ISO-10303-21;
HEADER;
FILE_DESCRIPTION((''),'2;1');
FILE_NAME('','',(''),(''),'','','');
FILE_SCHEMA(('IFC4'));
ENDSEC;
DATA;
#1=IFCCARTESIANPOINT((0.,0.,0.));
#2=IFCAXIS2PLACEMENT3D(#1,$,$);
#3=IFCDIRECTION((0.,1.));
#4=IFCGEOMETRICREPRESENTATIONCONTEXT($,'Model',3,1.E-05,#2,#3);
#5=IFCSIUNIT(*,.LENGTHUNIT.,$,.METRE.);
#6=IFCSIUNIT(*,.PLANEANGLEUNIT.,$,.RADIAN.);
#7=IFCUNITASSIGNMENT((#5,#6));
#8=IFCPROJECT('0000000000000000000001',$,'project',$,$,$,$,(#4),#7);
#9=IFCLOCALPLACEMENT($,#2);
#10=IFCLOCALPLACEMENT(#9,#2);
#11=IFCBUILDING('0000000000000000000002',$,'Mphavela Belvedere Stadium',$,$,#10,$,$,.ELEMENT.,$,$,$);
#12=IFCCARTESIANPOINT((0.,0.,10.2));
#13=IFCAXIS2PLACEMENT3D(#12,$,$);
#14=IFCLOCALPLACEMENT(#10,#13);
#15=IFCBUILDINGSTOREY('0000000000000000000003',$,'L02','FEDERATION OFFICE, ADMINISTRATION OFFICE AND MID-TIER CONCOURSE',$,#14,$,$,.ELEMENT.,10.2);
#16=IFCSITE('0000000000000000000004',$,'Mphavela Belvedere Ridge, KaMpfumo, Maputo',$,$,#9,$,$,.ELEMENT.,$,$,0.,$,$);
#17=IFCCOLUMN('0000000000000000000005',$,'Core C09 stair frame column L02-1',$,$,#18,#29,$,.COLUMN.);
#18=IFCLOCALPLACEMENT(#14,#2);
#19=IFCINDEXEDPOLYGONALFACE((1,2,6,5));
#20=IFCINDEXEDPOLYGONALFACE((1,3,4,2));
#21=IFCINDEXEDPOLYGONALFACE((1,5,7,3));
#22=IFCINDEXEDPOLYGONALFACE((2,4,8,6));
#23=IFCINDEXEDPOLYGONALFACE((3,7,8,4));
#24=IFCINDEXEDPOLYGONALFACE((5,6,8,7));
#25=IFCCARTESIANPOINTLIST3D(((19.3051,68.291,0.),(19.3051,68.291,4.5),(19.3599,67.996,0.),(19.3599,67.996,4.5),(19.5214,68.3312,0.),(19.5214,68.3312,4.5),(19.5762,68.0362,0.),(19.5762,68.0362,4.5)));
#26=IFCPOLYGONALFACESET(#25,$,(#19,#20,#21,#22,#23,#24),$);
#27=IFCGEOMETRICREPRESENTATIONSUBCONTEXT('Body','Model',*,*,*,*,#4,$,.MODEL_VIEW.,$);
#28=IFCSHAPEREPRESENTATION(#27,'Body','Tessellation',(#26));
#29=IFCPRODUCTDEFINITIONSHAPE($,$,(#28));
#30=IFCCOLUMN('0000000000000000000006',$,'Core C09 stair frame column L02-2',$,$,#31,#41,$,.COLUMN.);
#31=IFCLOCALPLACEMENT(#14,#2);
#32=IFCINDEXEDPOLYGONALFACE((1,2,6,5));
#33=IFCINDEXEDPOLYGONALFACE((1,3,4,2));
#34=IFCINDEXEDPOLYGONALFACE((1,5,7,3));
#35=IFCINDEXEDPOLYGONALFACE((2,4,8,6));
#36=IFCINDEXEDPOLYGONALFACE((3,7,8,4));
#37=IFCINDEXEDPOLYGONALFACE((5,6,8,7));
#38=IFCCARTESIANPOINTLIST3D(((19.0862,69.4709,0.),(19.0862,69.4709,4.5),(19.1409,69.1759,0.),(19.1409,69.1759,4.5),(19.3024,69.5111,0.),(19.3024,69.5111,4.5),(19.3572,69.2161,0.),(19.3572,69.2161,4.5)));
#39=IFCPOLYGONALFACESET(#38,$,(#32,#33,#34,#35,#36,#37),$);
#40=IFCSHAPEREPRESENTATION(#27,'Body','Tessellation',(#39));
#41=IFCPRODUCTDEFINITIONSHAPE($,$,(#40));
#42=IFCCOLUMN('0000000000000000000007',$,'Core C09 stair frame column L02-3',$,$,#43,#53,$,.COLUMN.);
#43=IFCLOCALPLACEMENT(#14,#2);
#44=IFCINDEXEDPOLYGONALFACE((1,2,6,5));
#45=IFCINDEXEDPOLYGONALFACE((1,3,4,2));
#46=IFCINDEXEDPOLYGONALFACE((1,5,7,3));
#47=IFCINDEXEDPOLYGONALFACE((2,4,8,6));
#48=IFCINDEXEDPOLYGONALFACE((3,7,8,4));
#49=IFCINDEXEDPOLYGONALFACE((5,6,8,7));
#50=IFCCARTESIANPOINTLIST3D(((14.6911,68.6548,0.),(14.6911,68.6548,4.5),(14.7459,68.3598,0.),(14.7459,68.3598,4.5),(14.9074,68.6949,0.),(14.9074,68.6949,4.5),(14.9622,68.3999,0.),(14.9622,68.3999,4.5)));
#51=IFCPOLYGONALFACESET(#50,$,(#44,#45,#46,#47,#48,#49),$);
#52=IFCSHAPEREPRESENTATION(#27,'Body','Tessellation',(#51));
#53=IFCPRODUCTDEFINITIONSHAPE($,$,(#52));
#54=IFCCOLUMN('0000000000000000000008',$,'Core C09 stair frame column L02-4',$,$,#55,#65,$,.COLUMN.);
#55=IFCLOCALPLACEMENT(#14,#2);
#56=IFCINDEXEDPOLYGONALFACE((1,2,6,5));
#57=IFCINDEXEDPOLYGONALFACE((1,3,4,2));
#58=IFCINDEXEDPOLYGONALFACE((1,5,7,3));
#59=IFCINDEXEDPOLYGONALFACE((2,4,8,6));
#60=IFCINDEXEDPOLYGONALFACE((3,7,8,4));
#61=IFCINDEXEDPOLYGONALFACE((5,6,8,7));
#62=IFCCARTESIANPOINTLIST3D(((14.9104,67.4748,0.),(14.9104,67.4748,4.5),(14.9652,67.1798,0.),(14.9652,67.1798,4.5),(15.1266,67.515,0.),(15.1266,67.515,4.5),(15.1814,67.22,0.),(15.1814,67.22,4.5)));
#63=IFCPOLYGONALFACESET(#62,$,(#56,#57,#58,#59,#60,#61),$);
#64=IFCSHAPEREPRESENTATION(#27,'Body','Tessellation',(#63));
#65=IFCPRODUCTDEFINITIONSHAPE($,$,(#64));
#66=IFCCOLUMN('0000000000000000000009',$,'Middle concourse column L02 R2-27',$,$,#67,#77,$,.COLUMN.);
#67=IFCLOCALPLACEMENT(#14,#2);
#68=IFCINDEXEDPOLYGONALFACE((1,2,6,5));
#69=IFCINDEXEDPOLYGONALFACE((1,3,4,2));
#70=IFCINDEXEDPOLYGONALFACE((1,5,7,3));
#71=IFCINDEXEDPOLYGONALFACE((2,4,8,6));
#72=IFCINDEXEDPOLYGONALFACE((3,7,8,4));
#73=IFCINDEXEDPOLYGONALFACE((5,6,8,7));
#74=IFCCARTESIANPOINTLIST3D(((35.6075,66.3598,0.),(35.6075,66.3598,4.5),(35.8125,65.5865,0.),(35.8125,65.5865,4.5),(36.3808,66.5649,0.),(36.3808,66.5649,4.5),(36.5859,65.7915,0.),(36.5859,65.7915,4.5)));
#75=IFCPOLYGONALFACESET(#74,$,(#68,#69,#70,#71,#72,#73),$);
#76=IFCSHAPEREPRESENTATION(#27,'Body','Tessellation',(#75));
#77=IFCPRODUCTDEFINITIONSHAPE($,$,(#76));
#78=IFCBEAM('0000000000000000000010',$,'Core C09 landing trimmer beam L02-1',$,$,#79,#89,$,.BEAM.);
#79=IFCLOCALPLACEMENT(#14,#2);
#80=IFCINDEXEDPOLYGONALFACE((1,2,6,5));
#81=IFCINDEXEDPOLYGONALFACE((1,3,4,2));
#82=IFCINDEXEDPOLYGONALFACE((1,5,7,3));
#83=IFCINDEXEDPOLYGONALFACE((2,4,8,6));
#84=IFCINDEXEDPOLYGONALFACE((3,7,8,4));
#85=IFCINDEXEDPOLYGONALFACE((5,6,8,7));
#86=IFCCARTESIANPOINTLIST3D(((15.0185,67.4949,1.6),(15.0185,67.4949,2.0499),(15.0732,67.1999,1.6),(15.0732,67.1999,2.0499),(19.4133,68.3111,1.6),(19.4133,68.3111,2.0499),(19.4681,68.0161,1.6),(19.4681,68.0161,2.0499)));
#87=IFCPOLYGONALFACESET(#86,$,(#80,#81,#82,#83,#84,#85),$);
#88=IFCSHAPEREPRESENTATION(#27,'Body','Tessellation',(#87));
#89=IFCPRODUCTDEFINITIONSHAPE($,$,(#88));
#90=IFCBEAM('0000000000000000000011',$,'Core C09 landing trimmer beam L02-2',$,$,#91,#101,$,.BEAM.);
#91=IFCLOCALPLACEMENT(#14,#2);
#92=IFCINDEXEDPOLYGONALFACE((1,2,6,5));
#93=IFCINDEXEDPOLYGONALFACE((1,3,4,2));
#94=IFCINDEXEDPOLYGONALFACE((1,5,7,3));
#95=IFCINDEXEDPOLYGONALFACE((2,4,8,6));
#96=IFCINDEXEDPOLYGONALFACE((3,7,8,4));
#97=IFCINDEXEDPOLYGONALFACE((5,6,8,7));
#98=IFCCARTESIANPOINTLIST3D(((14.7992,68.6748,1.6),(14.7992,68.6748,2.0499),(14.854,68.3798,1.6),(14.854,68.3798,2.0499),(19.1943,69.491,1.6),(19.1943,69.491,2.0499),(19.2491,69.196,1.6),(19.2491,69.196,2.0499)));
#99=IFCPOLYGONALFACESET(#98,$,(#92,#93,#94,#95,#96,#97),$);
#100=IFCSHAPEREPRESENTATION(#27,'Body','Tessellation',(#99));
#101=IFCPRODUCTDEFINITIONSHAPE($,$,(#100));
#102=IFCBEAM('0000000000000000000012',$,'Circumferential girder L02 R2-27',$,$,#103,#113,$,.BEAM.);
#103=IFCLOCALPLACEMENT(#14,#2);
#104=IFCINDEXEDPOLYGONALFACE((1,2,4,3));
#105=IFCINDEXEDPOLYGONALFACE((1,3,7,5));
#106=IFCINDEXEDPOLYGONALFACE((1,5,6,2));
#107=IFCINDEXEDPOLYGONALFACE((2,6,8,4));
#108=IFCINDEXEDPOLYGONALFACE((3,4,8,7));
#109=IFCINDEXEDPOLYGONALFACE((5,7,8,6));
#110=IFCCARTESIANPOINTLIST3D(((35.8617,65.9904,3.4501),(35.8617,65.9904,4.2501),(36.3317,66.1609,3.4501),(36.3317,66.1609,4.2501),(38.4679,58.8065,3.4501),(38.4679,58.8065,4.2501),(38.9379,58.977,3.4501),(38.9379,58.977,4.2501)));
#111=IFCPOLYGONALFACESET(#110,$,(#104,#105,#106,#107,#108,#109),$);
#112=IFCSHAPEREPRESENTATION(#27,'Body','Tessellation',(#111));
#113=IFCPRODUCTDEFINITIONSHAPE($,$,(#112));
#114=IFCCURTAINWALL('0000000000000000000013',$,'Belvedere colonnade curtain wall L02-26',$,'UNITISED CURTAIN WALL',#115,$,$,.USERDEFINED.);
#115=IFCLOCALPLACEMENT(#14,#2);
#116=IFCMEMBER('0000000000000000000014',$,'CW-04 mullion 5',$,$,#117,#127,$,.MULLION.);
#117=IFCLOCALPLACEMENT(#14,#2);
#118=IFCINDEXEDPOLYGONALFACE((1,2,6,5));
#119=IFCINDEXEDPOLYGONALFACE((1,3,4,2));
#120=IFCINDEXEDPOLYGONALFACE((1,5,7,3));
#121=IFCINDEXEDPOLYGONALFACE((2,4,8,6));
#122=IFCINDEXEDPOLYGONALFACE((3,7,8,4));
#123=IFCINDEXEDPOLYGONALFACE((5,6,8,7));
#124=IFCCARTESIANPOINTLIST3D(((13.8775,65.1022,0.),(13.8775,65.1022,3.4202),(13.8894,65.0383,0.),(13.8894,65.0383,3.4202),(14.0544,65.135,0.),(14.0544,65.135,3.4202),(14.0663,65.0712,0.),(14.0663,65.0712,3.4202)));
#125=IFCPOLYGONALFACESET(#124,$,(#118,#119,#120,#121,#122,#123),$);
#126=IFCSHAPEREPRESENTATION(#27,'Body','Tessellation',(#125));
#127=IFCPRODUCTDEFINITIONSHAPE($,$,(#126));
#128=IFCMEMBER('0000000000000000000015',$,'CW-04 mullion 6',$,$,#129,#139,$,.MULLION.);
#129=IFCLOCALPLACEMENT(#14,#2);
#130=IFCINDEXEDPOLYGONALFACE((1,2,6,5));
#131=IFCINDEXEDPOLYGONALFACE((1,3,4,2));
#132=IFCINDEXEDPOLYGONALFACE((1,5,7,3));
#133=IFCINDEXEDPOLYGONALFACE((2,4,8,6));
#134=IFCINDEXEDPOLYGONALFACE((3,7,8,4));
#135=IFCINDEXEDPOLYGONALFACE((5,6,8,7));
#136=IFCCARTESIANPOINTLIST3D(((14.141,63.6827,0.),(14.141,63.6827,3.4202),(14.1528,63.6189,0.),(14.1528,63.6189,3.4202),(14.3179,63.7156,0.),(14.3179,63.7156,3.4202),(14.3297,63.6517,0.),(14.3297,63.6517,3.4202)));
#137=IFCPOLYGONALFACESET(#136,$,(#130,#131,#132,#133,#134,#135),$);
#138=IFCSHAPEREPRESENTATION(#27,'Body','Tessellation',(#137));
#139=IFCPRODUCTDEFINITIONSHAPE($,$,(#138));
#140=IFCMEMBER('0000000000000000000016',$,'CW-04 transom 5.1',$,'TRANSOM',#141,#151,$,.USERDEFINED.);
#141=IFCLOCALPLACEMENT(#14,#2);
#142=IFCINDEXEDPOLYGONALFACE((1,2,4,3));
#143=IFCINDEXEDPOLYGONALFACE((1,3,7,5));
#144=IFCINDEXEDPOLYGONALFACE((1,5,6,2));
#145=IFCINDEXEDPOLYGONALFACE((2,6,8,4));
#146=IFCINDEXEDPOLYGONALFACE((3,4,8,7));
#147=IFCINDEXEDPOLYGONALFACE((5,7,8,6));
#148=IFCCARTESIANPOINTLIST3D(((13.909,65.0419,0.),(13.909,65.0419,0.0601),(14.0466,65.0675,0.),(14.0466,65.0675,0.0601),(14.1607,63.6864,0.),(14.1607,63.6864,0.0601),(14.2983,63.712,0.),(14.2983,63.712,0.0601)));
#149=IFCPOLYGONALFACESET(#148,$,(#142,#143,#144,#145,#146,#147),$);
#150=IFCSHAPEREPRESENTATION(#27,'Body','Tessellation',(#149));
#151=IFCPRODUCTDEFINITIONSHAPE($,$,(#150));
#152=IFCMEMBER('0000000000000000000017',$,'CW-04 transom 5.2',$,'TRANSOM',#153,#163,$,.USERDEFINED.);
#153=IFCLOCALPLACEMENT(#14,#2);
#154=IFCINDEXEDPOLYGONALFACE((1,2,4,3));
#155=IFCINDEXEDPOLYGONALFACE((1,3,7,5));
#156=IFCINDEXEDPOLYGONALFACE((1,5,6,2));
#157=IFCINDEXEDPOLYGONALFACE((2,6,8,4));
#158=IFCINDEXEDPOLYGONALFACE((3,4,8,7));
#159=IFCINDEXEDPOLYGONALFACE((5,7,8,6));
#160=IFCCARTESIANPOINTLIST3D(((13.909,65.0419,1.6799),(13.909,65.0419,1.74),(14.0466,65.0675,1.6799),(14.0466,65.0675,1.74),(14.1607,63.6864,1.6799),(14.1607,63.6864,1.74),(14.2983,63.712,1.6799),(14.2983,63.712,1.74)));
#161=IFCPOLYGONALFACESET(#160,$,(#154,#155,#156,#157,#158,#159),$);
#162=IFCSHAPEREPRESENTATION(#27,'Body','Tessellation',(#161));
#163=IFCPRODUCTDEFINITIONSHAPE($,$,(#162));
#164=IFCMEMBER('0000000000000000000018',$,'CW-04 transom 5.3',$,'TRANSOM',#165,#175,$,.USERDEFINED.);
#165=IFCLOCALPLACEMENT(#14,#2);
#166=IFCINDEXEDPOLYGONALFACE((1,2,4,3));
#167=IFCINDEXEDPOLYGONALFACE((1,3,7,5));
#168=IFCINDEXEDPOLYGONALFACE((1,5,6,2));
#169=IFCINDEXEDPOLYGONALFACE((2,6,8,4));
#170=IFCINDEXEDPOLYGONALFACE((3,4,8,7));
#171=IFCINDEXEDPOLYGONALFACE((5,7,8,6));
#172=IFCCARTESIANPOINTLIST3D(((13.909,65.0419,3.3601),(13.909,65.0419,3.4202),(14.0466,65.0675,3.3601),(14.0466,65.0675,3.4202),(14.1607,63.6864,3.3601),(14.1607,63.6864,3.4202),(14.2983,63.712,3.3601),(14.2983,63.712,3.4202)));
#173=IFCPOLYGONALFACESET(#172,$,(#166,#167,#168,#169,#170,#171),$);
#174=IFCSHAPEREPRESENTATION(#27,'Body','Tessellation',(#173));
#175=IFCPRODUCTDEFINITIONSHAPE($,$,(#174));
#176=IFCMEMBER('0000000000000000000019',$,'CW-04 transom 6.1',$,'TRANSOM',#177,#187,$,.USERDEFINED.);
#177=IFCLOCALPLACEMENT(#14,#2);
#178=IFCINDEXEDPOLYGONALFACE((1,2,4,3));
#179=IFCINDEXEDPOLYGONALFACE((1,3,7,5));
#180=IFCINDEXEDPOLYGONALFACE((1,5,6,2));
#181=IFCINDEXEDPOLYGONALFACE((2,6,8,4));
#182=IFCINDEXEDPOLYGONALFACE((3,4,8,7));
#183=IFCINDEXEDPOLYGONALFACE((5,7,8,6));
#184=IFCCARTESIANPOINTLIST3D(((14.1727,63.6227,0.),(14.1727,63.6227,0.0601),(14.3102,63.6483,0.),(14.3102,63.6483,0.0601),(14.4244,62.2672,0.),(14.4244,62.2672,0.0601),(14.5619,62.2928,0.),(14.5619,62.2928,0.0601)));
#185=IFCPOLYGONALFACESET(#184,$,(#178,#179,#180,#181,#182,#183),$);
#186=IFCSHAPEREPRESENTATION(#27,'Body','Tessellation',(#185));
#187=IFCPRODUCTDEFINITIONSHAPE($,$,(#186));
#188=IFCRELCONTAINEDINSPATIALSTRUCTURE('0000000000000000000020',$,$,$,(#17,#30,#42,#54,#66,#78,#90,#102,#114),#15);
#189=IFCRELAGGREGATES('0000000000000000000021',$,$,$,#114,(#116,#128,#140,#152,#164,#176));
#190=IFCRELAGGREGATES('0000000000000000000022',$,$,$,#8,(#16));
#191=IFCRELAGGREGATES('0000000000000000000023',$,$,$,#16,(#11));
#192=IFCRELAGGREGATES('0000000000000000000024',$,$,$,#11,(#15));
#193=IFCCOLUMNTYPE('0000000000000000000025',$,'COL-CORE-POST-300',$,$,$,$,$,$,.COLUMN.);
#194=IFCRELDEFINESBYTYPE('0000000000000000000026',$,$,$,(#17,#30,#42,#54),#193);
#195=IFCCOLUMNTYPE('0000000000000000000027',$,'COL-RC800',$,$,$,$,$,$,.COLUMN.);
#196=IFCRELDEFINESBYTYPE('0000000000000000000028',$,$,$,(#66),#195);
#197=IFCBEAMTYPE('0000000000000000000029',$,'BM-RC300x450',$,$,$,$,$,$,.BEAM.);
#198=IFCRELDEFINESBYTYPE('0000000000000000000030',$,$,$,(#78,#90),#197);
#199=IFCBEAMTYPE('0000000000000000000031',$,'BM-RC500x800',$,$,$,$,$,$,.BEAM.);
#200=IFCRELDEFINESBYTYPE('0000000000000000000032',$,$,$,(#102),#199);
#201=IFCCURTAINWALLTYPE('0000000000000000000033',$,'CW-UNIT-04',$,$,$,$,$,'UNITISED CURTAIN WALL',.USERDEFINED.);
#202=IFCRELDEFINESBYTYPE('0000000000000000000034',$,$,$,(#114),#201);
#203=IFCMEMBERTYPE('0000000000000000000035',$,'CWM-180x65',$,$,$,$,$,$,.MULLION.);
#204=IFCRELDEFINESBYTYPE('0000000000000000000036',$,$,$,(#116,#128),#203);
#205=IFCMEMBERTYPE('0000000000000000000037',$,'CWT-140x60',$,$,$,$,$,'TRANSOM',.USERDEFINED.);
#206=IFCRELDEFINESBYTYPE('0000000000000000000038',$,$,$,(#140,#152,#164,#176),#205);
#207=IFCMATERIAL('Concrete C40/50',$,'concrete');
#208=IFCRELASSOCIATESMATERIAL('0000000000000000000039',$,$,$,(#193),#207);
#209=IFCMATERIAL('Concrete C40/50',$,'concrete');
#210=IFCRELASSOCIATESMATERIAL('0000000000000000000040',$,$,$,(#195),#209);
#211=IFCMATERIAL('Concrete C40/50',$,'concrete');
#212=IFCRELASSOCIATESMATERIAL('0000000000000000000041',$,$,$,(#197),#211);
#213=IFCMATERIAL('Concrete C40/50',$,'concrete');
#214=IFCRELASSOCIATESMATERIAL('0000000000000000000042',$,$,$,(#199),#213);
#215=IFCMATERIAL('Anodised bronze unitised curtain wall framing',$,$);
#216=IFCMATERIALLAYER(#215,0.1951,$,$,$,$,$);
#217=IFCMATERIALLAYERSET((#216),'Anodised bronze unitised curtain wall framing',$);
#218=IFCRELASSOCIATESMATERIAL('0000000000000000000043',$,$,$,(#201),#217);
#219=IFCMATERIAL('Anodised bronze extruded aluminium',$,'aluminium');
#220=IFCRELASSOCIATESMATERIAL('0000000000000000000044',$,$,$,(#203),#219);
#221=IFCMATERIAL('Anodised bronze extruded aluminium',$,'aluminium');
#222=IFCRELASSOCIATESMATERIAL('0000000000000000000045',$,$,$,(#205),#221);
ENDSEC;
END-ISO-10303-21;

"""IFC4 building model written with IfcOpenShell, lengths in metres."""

from ifc_helpers import new_model, si_unit, direction, frame, origin, origin_2d, place, context, subcontext, project, spatial, rectangle, extrude, material, layer, layer_set, material_profile, profile_set, type_object, element, aggregate, save


model = new_model("IFC4")

# Units and contexts
model_context = context("Model", 3, precision=1e-05, world=origin(), true_north=direction((0.0, 1.0)))
body_context = subcontext(model_context, "Body", "Model", "MODEL_VIEW")
ifc_project = project(units=[si_unit("LENGTHUNIT", "METRE"), si_unit("PLANEANGLEUNIT", "RADIAN")], contexts=[model_context])

# Site, building, storey
site_placement = place(None, origin())
site = spatial("IfcSite", under=ifc_project, at=site_placement, Name="Mphavela Belvedere Ridge, KaMpfumo, Maputo", CompositionType="ELEMENT", RefElevation=0.0)
building_placement = place(site_placement, origin())
building = spatial("IfcBuilding", under=site, at=building_placement, Name="Mphavela Belvedere Stadium", CompositionType="ELEMENT")
storey_placement = place(building_placement, frame((0.0, 0.0, 10.2)))
storey = spatial("IfcBuildingStorey", under=building, at=storey_placement, Name="L02", Description="FEDERATION OFFICE, ADMINISTRATION OFFICE AND MID-TIER CONCOURSE", CompositionType="ELEMENT", Elevation=10.2)

# Columns
ifc_material_1 = material(Name="Concrete C40/50", Category="concrete")
ifc_material_profile_1 = material_profile(ifc_material_1, rectangle(XDim=0.3, YDim=0.22, at=origin_2d()), Name="RC 300x220")
ifc_profile_set_1 = profile_set([ifc_material_profile_1], Name="Concrete C40/50")
column_type_1 = type_object("IfcColumnType", Name="COL-CORE-POST-300", PredefinedType="COLUMN", material=ifc_profile_set_1)
for number, where, z_axis, x_axis, name in (
    (1, (19.4407, 68.1636, 0.0), (0.0, 0.0, 1.0), (-0.182579, 0.983191, 0.0), "Core C09 stair frame column L02-1"),
    (2, (19.2217, 69.3435, 0.0), (0.0, 0.0, 1.0), (-0.182579, 0.983191, 0.0), "Core C09 stair frame column L02-2"),
    (3, (14.8267, 68.5273, 0.0), (0.0, 0.0, 1.0), (-0.182579, 0.983191, 0.0), "Core C09 stair frame column L02-3"),
    (4, (15.0459, 67.3474, 0.0), (0.0, 0.0, 1.0), (-0.182579, 0.983191, 0.0), "Core C09 stair frame column L02-4"),
):
    element("IfcColumn", number, at=place(storey_placement, frame(where, z_axis=z_axis, x_axis=x_axis)), inside=storey, type_object=column_type_1, Name=name, PredefinedType="COLUMN", context=body_context, shape_type="SweptSolid", body=[
        extrude(rectangle(XDim=0.3, YDim=0.22, at=origin_2d()), origin(), (0.0, 0.0, 1.0), 4.5),
    ])
ifc_material_2 = material(Name="Concrete C40/50", Category="concrete")
ifc_material_profile_2 = material_profile(ifc_material_2, rectangle(XDim=0.8, YDim=0.8, at=origin_2d()), Name="RC 800x800")
ifc_profile_set_2 = profile_set([ifc_material_profile_2], Name="Concrete C40/50")
column_type_2 = type_object("IfcColumnType", Name="COL-RC800", PredefinedType="COLUMN", material=ifc_profile_set_2)
column_placement = place(storey_placement, frame((36.0967, 66.0757, 0.0), z_axis=(0.0, 0.0, 1.0), x_axis=(-0.9666, -0.256289, 0.0)))
element("IfcColumn", 5, at=column_placement, inside=storey, type_object=column_type_2, Name="Middle concourse column L02 R2-27", PredefinedType="COLUMN", context=body_context, shape_type="SweptSolid", body=[
    extrude(rectangle(XDim=0.8, YDim=0.8, at=origin_2d()), origin(), (0.0, 0.0, 1.0), 4.5),
])

# Beams
ifc_material_3 = material(Name="Concrete C40/50", Category="concrete")
ifc_material_profile_3 = material_profile(ifc_material_3, rectangle(XDim=0.3, YDim=0.45, at=origin_2d()), Name="RC 300x450")
ifc_profile_set_3 = profile_set([ifc_material_profile_3], Name="Concrete C40/50")
beam_type_1 = type_object("IfcBeamType", Name="BM-RC300x450", PredefinedType="BEAM", material=ifc_profile_set_3)
beam_1_placement = place(storey_placement, frame((19.4407, 68.1636, 1.825), z_axis=(-0.983189, -0.18259, 0.0), x_axis=(0.18259, -0.983189, 0.0)))
element("IfcBeam", 6, at=beam_1_placement, inside=storey, type_object=beam_type_1, Name="Core C09 landing trimmer beam L02-1", PredefinedType="BEAM", context=body_context, shape_type="SweptSolid", body=[
    extrude(rectangle(XDim=0.3, YDim=0.45, at=origin_2d()), origin(), (0.0, 0.0, 1.0), 4.47),
])
beam_2_placement = place(storey_placement, frame((19.2217, 69.3435, 1.825), z_axis=(-0.983191, -0.18258, 0.0), x_axis=(0.18258, -0.983191, 0.0)))
element("IfcBeam", 7, at=beam_2_placement, inside=storey, type_object=beam_type_1, Name="Core C09 landing trimmer beam L02-2", PredefinedType="BEAM", context=body_context, shape_type="SweptSolid", body=[
    extrude(rectangle(XDim=0.3, YDim=0.45, at=origin_2d()), origin(), (0.0, 0.0, 1.0), 4.4702),
])
ifc_material_4 = material(Name="Concrete C40/50", Category="concrete")
ifc_material_profile_4 = material_profile(ifc_material_4, rectangle(XDim=0.5, YDim=0.8, at=origin_2d()), Name="RC 500x800")
ifc_profile_set_4 = profile_set([ifc_material_profile_4], Name="Concrete C40/50")
beam_type_2 = type_object("IfcBeamType", Name="BM-RC500x800", PredefinedType="BEAM", material=ifc_profile_set_4)
beam_3_placement = place(storey_placement, frame((36.0967, 66.0757, 3.8501), z_axis=(0.341038, -0.94005, 0.0), x_axis=(0.94005, 0.341038, 0.0)))
element("IfcBeam", 8, at=beam_3_placement, inside=storey, type_object=beam_type_2, Name="Circumferential girder L02 R2-27", PredefinedType="BEAM", context=body_context, shape_type="SweptSolid", body=[
    extrude(rectangle(XDim=0.5, YDim=0.8, at=origin_2d()), origin(), (0.0, 0.0, 1.0), 7.6421),
])

# Curtain wall, members
ifc_material_5 = material(Name="Anodised bronze unitised curtain wall framing")
ifc_layer_1 = layer(ifc_material_5, 0.1951)
ifc_layer_set_1 = layer_set([ifc_layer_1], Name="Anodised bronze unitised curtain wall framing")
curtain_wall_type = type_object("IfcCurtainWallType", Name="CW-UNIT-04", ElementType="UNITISED CURTAIN WALL", PredefinedType="USERDEFINED", material=ifc_layer_set_1)
curtain_wall_placement = place(storey_placement, origin())
curtain_wall = element("IfcCurtainWall", 9, at=curtain_wall_placement, inside=storey, type_object=curtain_wall_type, Name="Belvedere colonnade curtain wall L02-26", ObjectType="UNITISED CURTAIN WALL", PredefinedType="USERDEFINED")
ifc_material_6 = material(Name="Anodised bronze extruded aluminium", Category="aluminium")
ifc_material_profile_5 = material_profile(ifc_material_6, rectangle(XDim=0.1799, YDim=0.0649, at=origin_2d()), Name="CW-MUL 180x65")
ifc_profile_set_5 = profile_set([ifc_material_profile_5], Name="Anodised bronze extruded aluminium")
member_type_1 = type_object("IfcMemberType", Name="CWM-180x65", PredefinedType="MULLION", material=ifc_profile_set_5)
member_1_placement = place(storey_placement, frame((13.9719, 65.0867, 0.0), z_axis=(0.0, 0.0, 1.0), x_axis=(0.983183, 0.182625, 0.0)))
member_1 = element("IfcMember", 10, at=member_1_placement, type_object=member_type_1, Name="CW-04 mullion 5", PredefinedType="MULLION", context=body_context, shape_type="SweptSolid", body=[
    extrude(rectangle(XDim=0.1799, YDim=0.0649, at=origin_2d()), origin(), (0.0, 0.0, 1.0), 3.4202),
])
member_2_placement = place(storey_placement, frame((14.2354, 63.6672, 0.0), z_axis=(0.0, 0.0, 1.0), x_axis=(0.983183, 0.182625, 0.0)))
member_2 = element("IfcMember", 11, at=member_2_placement, type_object=member_type_1, Name="CW-04 mullion 6", PredefinedType="MULLION", context=body_context, shape_type="SweptSolid", body=[
    extrude(rectangle(XDim=0.1799, YDim=0.0649, at=origin_2d()), origin(), (0.0, 0.0, 1.0), 3.4202),
])
ifc_material_7 = material(Name="Anodised bronze extruded aluminium", Category="aluminium")
ifc_material_profile_6 = material_profile(ifc_material_7, rectangle(XDim=0.1399, YDim=0.0601, at=origin_2d()), Name="CW-TRN 140x60")
ifc_profile_set_6 = profile_set([ifc_material_profile_6], Name="Anodised bronze extruded aluminium")
member_type_2 = type_object("IfcMemberType", Name="CWT-140x60", ElementType="TRANSOM", PredefinedType="USERDEFINED", material=ifc_profile_set_6)
member_3_placement = place(storey_placement, frame((13.9778, 65.0547, 0.03), z_axis=(0.182578, -0.983191, 0.0), x_axis=(0.983191, 0.182578, 0.0)))
member_3 = element("IfcMember", 12, at=member_3_placement, type_object=member_type_2, Name="CW-04 transom 5.1", ObjectType="TRANSOM", PredefinedType="USERDEFINED", context=body_context, shape_type="SweptSolid", body=[
    extrude(rectangle(XDim=0.1399, YDim=0.0601, at=origin_2d()), origin(), (0.0, 0.0, 1.0), 1.3787),
])
member_4_placement = place(storey_placement, frame((13.9778, 65.0547, 1.71), z_axis=(0.182578, -0.983191, 0.0), x_axis=(0.983191, 0.182578, 0.0)))
member_4 = element("IfcMember", 13, at=member_4_placement, type_object=member_type_2, Name="CW-04 transom 5.2", ObjectType="TRANSOM", PredefinedType="USERDEFINED", context=body_context, shape_type="SweptSolid", body=[
    extrude(rectangle(XDim=0.1399, YDim=0.0601, at=origin_2d()), origin(), (0.0, 0.0, 1.0), 1.3787),
])
member_5_placement = place(storey_placement, frame((13.9778, 65.0547, 3.3901), z_axis=(0.182578, -0.983191, 0.0), x_axis=(0.983191, 0.182578, 0.0)))
member_5 = element("IfcMember", 14, at=member_5_placement, type_object=member_type_2, Name="CW-04 transom 5.3", ObjectType="TRANSOM", PredefinedType="USERDEFINED", context=body_context, shape_type="SweptSolid", body=[
    extrude(rectangle(XDim=0.1399, YDim=0.0601, at=origin_2d()), origin(), (0.0, 0.0, 1.0), 1.3787),
])
member_6_placement = place(storey_placement, frame((14.2415, 63.6355, 0.03), z_axis=(0.182578, -0.983191, 0.0), x_axis=(0.983191, 0.182578, 0.0)))
member_6 = element("IfcMember", 15, at=member_6_placement, type_object=member_type_2, Name="CW-04 transom 6.1", ObjectType="TRANSOM", PredefinedType="USERDEFINED", context=body_context, shape_type="SweptSolid", body=[
    extrude(rectangle(XDim=0.1399, YDim=0.0601, at=origin_2d()), origin(), (0.0, 0.0, 1.0), 1.3787),
])
aggregate(curtain_wall, [member_1, member_2, member_3, member_4, member_5, member_6])

save(model, "model.ifc")
